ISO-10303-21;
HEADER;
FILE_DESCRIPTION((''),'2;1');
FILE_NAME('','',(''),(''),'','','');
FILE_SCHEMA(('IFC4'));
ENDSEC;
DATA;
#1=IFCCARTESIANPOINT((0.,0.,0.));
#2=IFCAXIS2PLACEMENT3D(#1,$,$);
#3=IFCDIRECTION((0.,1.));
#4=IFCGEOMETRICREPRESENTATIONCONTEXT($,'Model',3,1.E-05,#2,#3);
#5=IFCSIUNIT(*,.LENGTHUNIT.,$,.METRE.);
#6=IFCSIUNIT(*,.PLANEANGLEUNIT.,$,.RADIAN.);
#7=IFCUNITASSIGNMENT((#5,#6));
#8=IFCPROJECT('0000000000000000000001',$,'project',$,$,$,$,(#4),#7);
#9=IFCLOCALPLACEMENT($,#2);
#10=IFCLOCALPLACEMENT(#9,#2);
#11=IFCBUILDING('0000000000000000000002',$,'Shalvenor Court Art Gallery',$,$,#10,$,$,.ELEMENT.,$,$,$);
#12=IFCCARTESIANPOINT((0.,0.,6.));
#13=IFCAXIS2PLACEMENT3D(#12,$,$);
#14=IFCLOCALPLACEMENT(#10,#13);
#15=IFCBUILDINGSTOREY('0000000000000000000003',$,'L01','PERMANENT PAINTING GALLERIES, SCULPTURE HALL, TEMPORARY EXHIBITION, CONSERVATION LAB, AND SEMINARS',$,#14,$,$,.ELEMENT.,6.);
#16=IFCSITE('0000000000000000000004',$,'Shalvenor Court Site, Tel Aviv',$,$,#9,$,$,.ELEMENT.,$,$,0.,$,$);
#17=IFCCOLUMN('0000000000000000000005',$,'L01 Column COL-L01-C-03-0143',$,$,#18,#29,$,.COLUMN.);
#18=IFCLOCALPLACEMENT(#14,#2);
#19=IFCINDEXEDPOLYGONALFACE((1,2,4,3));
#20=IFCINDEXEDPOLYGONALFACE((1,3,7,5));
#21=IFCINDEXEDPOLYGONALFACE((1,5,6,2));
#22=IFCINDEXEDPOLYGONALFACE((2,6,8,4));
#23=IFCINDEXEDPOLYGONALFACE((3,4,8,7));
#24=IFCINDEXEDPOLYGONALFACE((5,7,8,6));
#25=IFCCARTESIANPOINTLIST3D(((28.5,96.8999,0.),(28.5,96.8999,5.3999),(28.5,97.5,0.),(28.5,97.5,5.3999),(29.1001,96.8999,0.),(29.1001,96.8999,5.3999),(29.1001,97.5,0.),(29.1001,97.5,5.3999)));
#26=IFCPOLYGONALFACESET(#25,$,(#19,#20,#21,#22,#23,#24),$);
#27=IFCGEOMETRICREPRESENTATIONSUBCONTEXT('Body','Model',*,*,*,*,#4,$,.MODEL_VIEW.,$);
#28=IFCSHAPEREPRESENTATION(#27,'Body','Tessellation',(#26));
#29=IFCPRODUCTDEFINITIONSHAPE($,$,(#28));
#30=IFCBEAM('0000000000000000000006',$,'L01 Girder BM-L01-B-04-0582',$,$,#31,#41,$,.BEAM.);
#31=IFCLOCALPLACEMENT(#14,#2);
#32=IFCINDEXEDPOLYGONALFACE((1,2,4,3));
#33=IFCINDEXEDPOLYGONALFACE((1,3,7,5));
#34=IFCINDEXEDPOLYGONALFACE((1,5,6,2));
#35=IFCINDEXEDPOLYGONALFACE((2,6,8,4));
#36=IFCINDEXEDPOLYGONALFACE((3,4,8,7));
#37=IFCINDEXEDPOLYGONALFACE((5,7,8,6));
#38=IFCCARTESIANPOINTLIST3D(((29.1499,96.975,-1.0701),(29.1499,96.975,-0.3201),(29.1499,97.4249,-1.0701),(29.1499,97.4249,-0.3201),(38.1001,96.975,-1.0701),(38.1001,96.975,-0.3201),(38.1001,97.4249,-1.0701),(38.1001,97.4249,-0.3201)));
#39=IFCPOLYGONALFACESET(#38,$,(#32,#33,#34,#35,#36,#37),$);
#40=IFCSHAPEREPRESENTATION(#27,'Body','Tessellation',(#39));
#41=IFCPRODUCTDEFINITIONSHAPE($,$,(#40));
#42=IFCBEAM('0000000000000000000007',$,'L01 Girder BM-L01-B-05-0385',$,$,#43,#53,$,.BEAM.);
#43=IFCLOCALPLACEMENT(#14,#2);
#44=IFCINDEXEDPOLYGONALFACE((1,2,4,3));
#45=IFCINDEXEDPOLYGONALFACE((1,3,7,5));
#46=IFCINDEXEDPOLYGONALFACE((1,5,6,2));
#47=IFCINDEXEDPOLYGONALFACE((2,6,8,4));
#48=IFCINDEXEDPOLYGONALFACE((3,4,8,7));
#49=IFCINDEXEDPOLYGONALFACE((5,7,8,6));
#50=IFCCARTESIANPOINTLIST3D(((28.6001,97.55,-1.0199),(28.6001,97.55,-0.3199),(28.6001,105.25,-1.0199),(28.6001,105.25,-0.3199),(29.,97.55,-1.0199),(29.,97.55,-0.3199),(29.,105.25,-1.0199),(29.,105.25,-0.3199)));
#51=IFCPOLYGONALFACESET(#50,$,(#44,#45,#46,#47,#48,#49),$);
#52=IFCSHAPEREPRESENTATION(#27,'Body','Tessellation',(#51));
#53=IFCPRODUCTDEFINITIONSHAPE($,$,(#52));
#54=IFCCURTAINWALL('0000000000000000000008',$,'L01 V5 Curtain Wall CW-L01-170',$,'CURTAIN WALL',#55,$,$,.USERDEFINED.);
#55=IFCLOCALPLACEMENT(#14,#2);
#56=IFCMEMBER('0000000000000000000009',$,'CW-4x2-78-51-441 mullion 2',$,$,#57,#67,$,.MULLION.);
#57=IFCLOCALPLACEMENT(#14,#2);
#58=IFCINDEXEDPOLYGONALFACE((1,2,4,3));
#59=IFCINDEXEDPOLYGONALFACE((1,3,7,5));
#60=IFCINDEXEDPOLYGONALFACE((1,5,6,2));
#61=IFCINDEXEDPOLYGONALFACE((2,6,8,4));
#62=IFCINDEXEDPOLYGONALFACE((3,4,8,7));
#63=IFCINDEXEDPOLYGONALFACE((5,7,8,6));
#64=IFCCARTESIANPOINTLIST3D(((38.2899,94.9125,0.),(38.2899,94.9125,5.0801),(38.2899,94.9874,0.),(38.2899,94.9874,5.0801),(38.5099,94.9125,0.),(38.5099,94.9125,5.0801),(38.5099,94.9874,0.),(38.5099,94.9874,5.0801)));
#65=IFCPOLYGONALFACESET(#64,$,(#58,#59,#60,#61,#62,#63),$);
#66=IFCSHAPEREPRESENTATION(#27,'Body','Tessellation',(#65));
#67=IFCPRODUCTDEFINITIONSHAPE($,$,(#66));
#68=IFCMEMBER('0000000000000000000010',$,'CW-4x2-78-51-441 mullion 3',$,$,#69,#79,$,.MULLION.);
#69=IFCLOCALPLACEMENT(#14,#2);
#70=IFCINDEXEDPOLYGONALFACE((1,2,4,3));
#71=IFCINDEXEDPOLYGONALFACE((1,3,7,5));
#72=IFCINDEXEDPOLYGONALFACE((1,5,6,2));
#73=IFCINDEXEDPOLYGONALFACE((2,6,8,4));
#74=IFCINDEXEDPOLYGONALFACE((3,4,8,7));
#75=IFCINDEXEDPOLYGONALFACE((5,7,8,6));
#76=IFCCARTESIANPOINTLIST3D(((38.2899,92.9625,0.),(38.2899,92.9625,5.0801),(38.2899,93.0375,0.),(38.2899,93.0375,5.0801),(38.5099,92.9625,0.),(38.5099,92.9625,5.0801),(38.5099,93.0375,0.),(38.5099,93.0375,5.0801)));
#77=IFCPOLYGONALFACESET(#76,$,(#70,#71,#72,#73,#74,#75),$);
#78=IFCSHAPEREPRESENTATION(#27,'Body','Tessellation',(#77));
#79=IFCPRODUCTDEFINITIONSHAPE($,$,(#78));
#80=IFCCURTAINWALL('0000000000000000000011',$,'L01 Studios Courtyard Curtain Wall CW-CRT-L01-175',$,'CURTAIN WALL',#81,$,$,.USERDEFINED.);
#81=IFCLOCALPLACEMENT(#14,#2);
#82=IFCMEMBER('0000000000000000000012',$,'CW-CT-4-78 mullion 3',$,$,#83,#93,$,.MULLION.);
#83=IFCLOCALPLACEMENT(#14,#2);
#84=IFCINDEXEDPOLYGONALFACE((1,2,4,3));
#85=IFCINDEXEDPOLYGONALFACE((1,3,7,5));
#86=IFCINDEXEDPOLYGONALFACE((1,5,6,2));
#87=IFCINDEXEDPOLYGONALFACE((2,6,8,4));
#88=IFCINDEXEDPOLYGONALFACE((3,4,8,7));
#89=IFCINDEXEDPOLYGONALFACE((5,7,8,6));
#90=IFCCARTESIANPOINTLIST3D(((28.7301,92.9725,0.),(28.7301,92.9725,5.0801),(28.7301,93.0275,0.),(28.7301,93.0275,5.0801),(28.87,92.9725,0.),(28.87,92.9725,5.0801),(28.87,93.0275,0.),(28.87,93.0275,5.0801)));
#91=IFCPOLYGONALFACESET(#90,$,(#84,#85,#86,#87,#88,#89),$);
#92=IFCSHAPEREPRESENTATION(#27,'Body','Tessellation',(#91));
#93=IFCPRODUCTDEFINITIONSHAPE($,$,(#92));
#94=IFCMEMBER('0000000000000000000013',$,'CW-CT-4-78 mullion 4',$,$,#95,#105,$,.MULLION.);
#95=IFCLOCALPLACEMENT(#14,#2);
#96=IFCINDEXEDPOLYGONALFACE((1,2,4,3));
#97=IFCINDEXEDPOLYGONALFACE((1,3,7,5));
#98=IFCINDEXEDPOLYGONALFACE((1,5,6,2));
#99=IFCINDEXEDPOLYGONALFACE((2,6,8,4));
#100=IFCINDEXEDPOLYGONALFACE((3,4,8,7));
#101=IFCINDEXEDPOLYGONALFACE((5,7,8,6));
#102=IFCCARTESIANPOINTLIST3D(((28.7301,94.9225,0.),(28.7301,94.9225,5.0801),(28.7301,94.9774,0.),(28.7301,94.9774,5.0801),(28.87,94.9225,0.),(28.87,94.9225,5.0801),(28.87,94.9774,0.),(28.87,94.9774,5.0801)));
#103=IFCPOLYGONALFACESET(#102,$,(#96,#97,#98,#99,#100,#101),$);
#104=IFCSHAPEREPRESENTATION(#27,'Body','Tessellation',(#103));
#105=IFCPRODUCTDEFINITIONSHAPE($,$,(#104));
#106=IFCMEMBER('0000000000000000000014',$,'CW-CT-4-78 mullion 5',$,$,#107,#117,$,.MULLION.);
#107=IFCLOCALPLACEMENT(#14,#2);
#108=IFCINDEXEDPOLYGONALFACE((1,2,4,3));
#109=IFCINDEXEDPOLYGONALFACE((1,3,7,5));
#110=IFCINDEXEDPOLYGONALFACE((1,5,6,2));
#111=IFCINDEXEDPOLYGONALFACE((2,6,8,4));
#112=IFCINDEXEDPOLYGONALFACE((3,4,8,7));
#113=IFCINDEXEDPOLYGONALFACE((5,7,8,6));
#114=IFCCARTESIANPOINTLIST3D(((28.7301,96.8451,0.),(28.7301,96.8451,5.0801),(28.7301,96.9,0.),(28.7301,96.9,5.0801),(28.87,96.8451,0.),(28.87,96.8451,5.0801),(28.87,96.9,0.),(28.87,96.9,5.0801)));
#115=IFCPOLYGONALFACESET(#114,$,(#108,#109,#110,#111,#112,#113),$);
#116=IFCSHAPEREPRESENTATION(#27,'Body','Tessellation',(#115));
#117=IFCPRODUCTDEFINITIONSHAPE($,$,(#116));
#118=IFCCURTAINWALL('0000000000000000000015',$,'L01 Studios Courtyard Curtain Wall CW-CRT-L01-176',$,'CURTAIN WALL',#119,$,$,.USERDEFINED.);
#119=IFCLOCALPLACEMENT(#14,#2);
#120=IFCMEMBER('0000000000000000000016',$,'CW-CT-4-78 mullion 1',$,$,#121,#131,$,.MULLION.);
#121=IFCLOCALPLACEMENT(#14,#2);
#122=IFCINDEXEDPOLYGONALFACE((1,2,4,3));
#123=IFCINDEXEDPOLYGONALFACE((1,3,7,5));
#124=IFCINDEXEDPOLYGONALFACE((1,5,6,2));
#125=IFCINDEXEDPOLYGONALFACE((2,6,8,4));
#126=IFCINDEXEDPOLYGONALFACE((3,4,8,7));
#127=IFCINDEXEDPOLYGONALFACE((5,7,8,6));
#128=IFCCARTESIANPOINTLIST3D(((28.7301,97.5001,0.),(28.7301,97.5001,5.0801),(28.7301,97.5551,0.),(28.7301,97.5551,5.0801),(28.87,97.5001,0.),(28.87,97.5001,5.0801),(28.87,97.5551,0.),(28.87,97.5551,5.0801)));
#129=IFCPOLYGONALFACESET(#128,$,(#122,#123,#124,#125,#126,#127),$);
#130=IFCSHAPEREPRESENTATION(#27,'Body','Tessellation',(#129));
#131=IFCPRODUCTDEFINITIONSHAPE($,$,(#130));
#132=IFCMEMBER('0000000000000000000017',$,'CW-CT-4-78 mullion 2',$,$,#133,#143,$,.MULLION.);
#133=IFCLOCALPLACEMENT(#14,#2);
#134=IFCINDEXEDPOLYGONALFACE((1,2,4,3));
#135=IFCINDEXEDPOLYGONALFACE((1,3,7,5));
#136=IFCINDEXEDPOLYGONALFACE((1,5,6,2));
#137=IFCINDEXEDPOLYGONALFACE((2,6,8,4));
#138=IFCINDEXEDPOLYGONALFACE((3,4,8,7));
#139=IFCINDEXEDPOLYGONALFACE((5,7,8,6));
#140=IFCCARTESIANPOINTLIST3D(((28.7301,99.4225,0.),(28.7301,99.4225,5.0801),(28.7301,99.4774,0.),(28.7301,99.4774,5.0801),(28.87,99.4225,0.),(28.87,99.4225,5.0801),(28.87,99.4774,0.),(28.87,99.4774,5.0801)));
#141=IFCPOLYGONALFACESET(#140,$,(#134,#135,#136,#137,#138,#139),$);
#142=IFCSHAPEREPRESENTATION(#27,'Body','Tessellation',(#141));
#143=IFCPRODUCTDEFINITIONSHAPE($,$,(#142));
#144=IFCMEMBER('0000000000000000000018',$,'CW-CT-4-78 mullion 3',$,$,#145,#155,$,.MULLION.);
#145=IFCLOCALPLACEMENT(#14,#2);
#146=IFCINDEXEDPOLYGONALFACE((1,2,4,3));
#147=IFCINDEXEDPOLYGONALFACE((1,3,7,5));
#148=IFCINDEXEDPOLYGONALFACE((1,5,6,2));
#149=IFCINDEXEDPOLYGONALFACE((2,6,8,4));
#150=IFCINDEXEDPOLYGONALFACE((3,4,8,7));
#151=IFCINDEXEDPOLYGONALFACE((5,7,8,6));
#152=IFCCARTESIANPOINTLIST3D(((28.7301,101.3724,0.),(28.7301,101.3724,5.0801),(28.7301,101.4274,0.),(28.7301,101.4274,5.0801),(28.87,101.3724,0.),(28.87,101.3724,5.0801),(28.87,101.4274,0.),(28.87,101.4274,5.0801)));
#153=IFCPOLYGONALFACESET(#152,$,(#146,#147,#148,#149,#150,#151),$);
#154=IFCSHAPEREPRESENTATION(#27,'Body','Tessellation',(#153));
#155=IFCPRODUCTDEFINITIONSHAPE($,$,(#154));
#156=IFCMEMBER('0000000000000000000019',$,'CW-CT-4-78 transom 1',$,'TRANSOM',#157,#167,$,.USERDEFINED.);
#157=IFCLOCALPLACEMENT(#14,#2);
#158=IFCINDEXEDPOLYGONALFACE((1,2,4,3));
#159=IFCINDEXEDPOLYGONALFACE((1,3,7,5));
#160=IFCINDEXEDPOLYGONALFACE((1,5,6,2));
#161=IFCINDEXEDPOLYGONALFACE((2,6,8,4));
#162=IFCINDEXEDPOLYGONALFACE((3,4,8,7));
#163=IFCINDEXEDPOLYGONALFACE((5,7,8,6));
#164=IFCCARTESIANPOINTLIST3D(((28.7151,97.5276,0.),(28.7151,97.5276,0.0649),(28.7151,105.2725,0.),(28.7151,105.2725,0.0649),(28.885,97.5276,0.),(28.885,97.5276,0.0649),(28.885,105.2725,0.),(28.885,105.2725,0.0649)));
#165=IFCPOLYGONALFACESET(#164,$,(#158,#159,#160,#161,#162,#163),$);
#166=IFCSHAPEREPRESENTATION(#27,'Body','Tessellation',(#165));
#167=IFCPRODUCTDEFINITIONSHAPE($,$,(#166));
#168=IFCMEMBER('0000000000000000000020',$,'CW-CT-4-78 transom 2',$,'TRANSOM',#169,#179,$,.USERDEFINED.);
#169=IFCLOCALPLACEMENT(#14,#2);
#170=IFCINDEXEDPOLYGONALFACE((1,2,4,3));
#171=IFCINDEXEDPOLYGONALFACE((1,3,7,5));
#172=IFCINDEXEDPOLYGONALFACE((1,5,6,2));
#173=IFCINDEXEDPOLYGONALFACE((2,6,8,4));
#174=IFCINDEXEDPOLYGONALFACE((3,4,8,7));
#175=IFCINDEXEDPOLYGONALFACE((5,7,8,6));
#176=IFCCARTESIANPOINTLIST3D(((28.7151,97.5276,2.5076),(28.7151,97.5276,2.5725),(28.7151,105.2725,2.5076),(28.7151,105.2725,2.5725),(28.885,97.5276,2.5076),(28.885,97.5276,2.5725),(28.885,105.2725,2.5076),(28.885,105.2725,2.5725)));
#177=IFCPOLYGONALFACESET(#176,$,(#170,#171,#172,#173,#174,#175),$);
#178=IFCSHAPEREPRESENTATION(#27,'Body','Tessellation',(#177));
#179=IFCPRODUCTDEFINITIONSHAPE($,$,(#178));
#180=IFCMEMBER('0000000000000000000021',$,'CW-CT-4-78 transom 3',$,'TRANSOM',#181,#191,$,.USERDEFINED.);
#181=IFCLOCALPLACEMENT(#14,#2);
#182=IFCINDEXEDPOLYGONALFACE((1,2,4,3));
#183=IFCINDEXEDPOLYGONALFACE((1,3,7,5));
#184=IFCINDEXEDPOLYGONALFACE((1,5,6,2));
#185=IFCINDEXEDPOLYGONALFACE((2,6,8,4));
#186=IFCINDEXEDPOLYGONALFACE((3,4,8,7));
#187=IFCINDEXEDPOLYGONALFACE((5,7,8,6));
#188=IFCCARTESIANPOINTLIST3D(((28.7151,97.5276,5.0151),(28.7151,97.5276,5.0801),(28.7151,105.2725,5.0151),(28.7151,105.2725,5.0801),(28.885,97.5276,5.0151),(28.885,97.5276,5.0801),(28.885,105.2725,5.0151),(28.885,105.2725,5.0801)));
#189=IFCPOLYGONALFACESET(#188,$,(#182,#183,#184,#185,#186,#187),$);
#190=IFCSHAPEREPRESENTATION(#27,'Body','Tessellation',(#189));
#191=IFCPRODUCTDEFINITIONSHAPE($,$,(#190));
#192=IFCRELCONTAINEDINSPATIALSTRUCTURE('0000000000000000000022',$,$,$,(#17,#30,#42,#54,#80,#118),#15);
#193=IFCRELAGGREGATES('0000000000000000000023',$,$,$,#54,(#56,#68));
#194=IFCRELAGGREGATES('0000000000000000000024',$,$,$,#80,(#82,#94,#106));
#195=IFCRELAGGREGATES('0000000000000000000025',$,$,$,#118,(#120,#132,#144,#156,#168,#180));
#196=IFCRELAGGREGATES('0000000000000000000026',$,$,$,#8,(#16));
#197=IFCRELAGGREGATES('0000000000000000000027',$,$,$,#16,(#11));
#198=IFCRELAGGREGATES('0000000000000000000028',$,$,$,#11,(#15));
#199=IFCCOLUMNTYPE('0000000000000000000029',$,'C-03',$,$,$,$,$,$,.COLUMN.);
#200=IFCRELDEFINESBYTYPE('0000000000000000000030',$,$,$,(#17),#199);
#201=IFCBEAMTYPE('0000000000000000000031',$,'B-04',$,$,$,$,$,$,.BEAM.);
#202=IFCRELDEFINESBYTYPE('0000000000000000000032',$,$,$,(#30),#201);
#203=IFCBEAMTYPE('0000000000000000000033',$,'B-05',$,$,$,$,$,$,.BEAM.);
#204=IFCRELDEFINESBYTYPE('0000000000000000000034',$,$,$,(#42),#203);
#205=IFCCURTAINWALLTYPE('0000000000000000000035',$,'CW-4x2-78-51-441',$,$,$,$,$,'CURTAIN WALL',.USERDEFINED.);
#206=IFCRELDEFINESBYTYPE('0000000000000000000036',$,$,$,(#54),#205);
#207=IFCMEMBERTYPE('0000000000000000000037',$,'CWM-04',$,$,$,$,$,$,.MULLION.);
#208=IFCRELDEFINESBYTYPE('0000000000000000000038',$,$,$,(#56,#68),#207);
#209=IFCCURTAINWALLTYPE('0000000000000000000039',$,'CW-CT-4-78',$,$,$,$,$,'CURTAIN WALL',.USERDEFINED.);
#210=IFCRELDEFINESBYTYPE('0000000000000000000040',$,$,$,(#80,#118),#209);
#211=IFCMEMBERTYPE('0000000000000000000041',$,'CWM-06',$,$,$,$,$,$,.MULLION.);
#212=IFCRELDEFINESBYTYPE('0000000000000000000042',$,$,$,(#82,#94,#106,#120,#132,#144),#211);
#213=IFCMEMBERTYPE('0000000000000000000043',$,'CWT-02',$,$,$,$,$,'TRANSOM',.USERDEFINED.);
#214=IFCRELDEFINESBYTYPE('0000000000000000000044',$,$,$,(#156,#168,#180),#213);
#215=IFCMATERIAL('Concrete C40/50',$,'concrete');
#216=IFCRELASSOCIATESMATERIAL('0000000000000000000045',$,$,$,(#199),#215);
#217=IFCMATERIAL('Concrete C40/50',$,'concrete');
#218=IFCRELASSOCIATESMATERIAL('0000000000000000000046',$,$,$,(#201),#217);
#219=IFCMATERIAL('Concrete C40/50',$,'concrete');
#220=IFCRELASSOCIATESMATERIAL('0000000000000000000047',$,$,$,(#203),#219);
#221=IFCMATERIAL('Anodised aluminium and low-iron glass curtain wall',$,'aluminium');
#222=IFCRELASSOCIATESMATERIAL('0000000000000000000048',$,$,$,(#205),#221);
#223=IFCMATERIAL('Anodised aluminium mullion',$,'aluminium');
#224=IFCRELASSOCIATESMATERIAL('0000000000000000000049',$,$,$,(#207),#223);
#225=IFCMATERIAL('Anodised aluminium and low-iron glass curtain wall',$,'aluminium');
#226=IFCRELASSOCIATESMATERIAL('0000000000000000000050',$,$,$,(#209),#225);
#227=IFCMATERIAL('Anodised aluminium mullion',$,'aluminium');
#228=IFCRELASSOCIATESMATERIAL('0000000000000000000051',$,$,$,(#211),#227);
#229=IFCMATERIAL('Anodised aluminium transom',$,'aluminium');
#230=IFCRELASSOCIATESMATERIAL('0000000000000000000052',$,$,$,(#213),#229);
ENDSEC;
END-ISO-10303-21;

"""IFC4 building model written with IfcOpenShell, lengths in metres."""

from ifc_helpers import new_model, si_unit, direction, frame, origin, origin_2d, place, context, subcontext, project, spatial, rectangle, extrude, material, material_profile, profile_set, type_object, element, aggregate, save


model = new_model("IFC4")

# Units and contexts
model_context = context("Model", 3, precision=1e-05, world=origin(), true_north=direction((0.0, 1.0)))
body_context = subcontext(model_context, "Body", "Model", "MODEL_VIEW")
ifc_project = project(units=[si_unit("LENGTHUNIT", "METRE"), si_unit("PLANEANGLEUNIT", "RADIAN")], contexts=[model_context])

# Site, building, storey
site_placement = place(None, origin())
site = spatial("IfcSite", under=ifc_project, at=site_placement, Name="Shalvenor Court Site, Tel Aviv", CompositionType="ELEMENT", RefElevation=0.0)
building_placement = place(site_placement, origin())
building = spatial("IfcBuilding", under=site, at=building_placement, Name="Shalvenor Court Art Gallery", CompositionType="ELEMENT")
storey_placement = place(building_placement, frame((0.0, 0.0, 6.0)))
storey = spatial("IfcBuildingStorey", under=building, at=storey_placement, Name="L01", Description="PERMANENT PAINTING GALLERIES, SCULPTURE HALL, TEMPORARY EXHIBITION, CONSERVATION LAB, AND SEMINARS", CompositionType="ELEMENT", Elevation=6.0)

# Column
ifc_material_1 = material(Name="Concrete C40/50", Category="concrete")
ifc_material_profile_1 = material_profile(ifc_material_1, rectangle(XDim=0.6001, YDim=0.6001, at=origin_2d()), Name="RC 600x600")
ifc_profile_set_1 = profile_set([ifc_material_profile_1], Name="Concrete C40/50")
column_type = type_object("IfcColumnType", Name="C-03", PredefinedType="COLUMN", material=ifc_profile_set_1)
column_placement = place(storey_placement, frame((28.8, 97.2, 0.0), z_axis=(0.0, 0.0, 1.0), x_axis=(1.0, 0.0, 0.0)))
element("IfcColumn", 1, at=column_placement, inside=storey, type_object=column_type, Name="L01 Column COL-L01-C-03-0143", PredefinedType="COLUMN", context=body_context, shape_type="SweptSolid", body=[
    extrude(rectangle(XDim=0.6001, YDim=0.6001, at=origin_2d()), origin(), (0.0, 0.0, 1.0), 5.3999),
])

# Beams
ifc_material_2 = material(Name="Concrete C40/50", Category="concrete")
ifc_material_profile_2 = material_profile(ifc_material_2, rectangle(XDim=0.45, YDim=0.75, at=origin_2d()), Name="RC 450x750")
ifc_profile_set_2 = profile_set([ifc_material_profile_2], Name="Concrete C40/50")
beam_type_1 = type_object("IfcBeamType", Name="B-04", PredefinedType="BEAM", material=ifc_profile_set_2)
beam_1_placement = place(storey_placement, frame((29.1499, 97.2, -0.6951), z_axis=(1.0, 0.0, 0.0), x_axis=(0.0, 1.0, 0.0)))
element("IfcBeam", 2, at=beam_1_placement, inside=storey, type_object=beam_type_1, Name="L01 Girder BM-L01-B-04-0582", PredefinedType="BEAM", context=body_context, shape_type="SweptSolid", body=[
    extrude(rectangle(XDim=0.45, YDim=0.75, at=origin_2d()), origin(), (0.0, 0.0, 1.0), 8.9502),
])
ifc_material_3 = material(Name="Concrete C40/50", Category="concrete")
ifc_material_profile_3 = material_profile(ifc_material_3, rectangle(XDim=0.3999, YDim=0.7, at=origin_2d()), Name="RC 400x700")
ifc_profile_set_3 = profile_set([ifc_material_profile_3], Name="Concrete C40/50")
beam_type_2 = type_object("IfcBeamType", Name="B-05", PredefinedType="BEAM", material=ifc_profile_set_3)
beam_2_placement = place(storey_placement, frame((28.8, 97.55, -0.6699), z_axis=(0.0, 1.0, 0.0), x_axis=(-1.0, 0.0, 0.0)))
element("IfcBeam", 3, at=beam_2_placement, inside=storey, type_object=beam_type_2, Name="L01 Girder BM-L01-B-05-0385", PredefinedType="BEAM", context=body_context, shape_type="SweptSolid", body=[
    extrude(rectangle(XDim=0.3999, YDim=0.7, at=origin_2d()), origin(), (0.0, 0.0, 1.0), 7.7),
])

# Curtain walls, members
ifc_material_4 = material(Name="Anodised aluminium and low-iron glass curtain wall", Category="aluminium")
curtain_wall_type_1 = type_object("IfcCurtainWallType", Name="CW-4x2-78-51-441", ElementType="CURTAIN WALL", PredefinedType="USERDEFINED", material=ifc_material_4)
curtain_wall_1_placement = place(storey_placement, origin())
curtain_wall_1 = element("IfcCurtainWall", 4, at=curtain_wall_1_placement, inside=storey, type_object=curtain_wall_type_1, Name="L01 V5 Curtain Wall CW-L01-170", ObjectType="CURTAIN WALL", PredefinedType="USERDEFINED")
ifc_material_5 = material(Name="Anodised aluminium mullion", Category="aluminium")
ifc_material_profile_4 = material_profile(ifc_material_5, rectangle(XDim=0.075, YDim=0.22, at=origin_2d()), Name="CWM-04")
ifc_profile_set_4 = profile_set([ifc_material_profile_4], Name="Anodised aluminium mullion")
member_type_1 = type_object("IfcMemberType", Name="CWM-04", PredefinedType="MULLION", material=ifc_profile_set_4)
member_1_placement = place(storey_placement, frame((38.3999, 94.95, 0.0), z_axis=(0.0, 0.0, 1.0), x_axis=(0.0, -1.0, 0.0)))
member_1 = element("IfcMember", 5, at=member_1_placement, type_object=member_type_1, Name="CW-4x2-78-51-441 mullion 2", PredefinedType="MULLION", context=body_context, shape_type="SweptSolid", body=[
    extrude(rectangle(XDim=0.075, YDim=0.22, at=origin_2d()), origin(), (0.0, 0.0, 1.0), 5.0801),
])
member_2_placement = place(storey_placement, frame((38.3999, 93.0, 0.0), z_axis=(0.0, 0.0, 1.0), x_axis=(0.0, -1.0, 0.0)))
member_2 = element("IfcMember", 6, at=member_2_placement, type_object=member_type_1, Name="CW-4x2-78-51-441 mullion 3", PredefinedType="MULLION", context=body_context, shape_type="SweptSolid", body=[
    extrude(rectangle(XDim=0.075, YDim=0.22, at=origin_2d()), origin(), (0.0, 0.0, 1.0), 5.0801),
])
ifc_material_6 = material(Name="Anodised aluminium and low-iron glass curtain wall", Category="aluminium")
curtain_wall_type_2 = type_object("IfcCurtainWallType", Name="CW-CT-4-78", ElementType="CURTAIN WALL", PredefinedType="USERDEFINED", material=ifc_material_6)
curtain_wall_2_placement = place(storey_placement, origin())
curtain_wall_2 = element("IfcCurtainWall", 7, at=curtain_wall_2_placement, inside=storey, type_object=curtain_wall_type_2, Name="L01 Studios Courtyard Curtain Wall CW-CRT-L01-175", ObjectType="CURTAIN WALL", PredefinedType="USERDEFINED")
ifc_material_7 = material(Name="Anodised aluminium mullion", Category="aluminium")
ifc_material_profile_5 = material_profile(ifc_material_7, rectangle(XDim=0.0549, YDim=0.1399, at=origin_2d()), Name="CWM-06")
ifc_profile_set_5 = profile_set([ifc_material_profile_5], Name="Anodised aluminium mullion")
member_type_2 = type_object("IfcMemberType", Name="CWM-06", PredefinedType="MULLION", material=ifc_profile_set_5)
member_3_placement = place(storey_placement, frame((28.8, 93.0, 0.0), z_axis=(0.0, 0.0, 1.0), x_axis=(0.0, 1.0, 0.0)))
member_3 = element("IfcMember", 8, at=member_3_placement, type_object=member_type_2, Name="CW-CT-4-78 mullion 3", PredefinedType="MULLION", context=body_context, shape_type="SweptSolid", body=[
    extrude(rectangle(XDim=0.0549, YDim=0.1399, at=origin_2d()), origin(), (0.0, 0.0, 1.0), 5.0801),
])
member_4_placement = place(storey_placement, frame((28.8, 94.95, 0.0), z_axis=(0.0, 0.0, 1.0), x_axis=(0.0, 1.0, 0.0)))
member_4 = element("IfcMember", 9, at=member_4_placement, type_object=member_type_2, Name="CW-CT-4-78 mullion 4", PredefinedType="MULLION", context=body_context, shape_type="SweptSolid", body=[
    extrude(rectangle(XDim=0.0549, YDim=0.1399, at=origin_2d()), origin(), (0.0, 0.0, 1.0), 5.0801),
])
member_5_placement = place(storey_placement, frame((28.8, 96.8726, 0.0), z_axis=(0.0, 0.0, 1.0), x_axis=(0.0, 1.0, 0.0)))
member_5 = element("IfcMember", 10, at=member_5_placement, type_object=member_type_2, Name="CW-CT-4-78 mullion 5", PredefinedType="MULLION", context=body_context, shape_type="SweptSolid", body=[
    extrude(rectangle(XDim=0.0549, YDim=0.1399, at=origin_2d()), origin(), (0.0, 0.0, 1.0), 5.0801),
])
curtain_wall_3_placement = place(storey_placement, origin())
curtain_wall_3 = element("IfcCurtainWall", 11, at=curtain_wall_3_placement, inside=storey, type_object=curtain_wall_type_2, Name="L01 Studios Courtyard Curtain Wall CW-CRT-L01-176", ObjectType="CURTAIN WALL", PredefinedType="USERDEFINED")
member_6_placement = place(storey_placement, frame((28.8, 97.5276, 0.0), z_axis=(0.0, 0.0, 1.0), x_axis=(0.0, 1.0, 0.0)))
member_6 = element("IfcMember", 12, at=member_6_placement, type_object=member_type_2, Name="CW-CT-4-78 mullion 1", PredefinedType="MULLION", context=body_context, shape_type="SweptSolid", body=[
    extrude(rectangle(XDim=0.0549, YDim=0.1399, at=origin_2d()), origin(), (0.0, 0.0, 1.0), 5.0801),
])
member_7_placement = place(storey_placement, frame((28.8, 99.45, 0.0), z_axis=(0.0, 0.0, 1.0), x_axis=(0.0, 1.0, 0.0)))
member_7 = element("IfcMember", 13, at=member_7_placement, type_object=member_type_2, Name="CW-CT-4-78 mullion 2", PredefinedType="MULLION", context=body_context, shape_type="SweptSolid", body=[
    extrude(rectangle(XDim=0.0549, YDim=0.1399, at=origin_2d()), origin(), (0.0, 0.0, 1.0), 5.0801),
])
member_8_placement = place(storey_placement, frame((28.8, 101.3999, 0.0), z_axis=(0.0, 0.0, 1.0), x_axis=(0.0, 1.0, 0.0)))
member_8 = element("IfcMember", 14, at=member_8_placement, type_object=member_type_2, Name="CW-CT-4-78 mullion 3", PredefinedType="MULLION", context=body_context, shape_type="SweptSolid", body=[
    extrude(rectangle(XDim=0.0549, YDim=0.1399, at=origin_2d()), origin(), (0.0, 0.0, 1.0), 5.0801),
])
ifc_material_8 = material(Name="Anodised aluminium transom", Category="aluminium")
ifc_material_profile_6 = material_profile(ifc_material_8, rectangle(XDim=0.1699, YDim=0.0649, at=origin_2d()), Name="CWT-02")
ifc_profile_set_6 = profile_set([ifc_material_profile_6], Name="Anodised aluminium transom")
member_type_3 = type_object("IfcMemberType", Name="CWT-02", ElementType="TRANSOM", PredefinedType="USERDEFINED", material=ifc_profile_set_6)
member_9_placement = place(storey_placement, frame((28.8, 97.5276, 0.0325), z_axis=(0.0, 1.0, 0.0), x_axis=(-1.0, 0.0, 0.0)))
member_9 = element("IfcMember", 15, at=member_9_placement, type_object=member_type_3, Name="CW-CT-4-78 transom 1", ObjectType="TRANSOM", PredefinedType="USERDEFINED", context=body_context, shape_type="SweptSolid", body=[
    extrude(rectangle(XDim=0.1699, YDim=0.0649, at=origin_2d()), origin(), (0.0, 0.0, 1.0), 7.7449),
])
member_10_placement = place(storey_placement, frame((28.8, 97.5276, 2.54), z_axis=(0.0, 1.0, 0.0), x_axis=(-1.0, 0.0, 0.0)))
member_10 = element("IfcMember", 16, at=member_10_placement, type_object=member_type_3, Name="CW-CT-4-78 transom 2", ObjectType="TRANSOM", PredefinedType="USERDEFINED", context=body_context, shape_type="SweptSolid", body=[
    extrude(rectangle(XDim=0.1699, YDim=0.0649, at=origin_2d()), origin(), (0.0, 0.0, 1.0), 7.7449),
])
member_11_placement = place(storey_placement, frame((28.8, 97.5276, 5.0476), z_axis=(0.0, 1.0, 0.0), x_axis=(-1.0, 0.0, 0.0)))
member_11 = element("IfcMember", 17, at=member_11_placement, type_object=member_type_3, Name="CW-CT-4-78 transom 3", ObjectType="TRANSOM", PredefinedType="USERDEFINED", context=body_context, shape_type="SweptSolid", body=[
    extrude(rectangle(XDim=0.1699, YDim=0.0649, at=origin_2d()), origin(), (0.0, 0.0, 1.0), 7.7449),
])

aggregate(curtain_wall_1, [member_1, member_2])
aggregate(curtain_wall_2, [member_3, member_4, member_5])
aggregate(curtain_wall_3, [member_6, member_7, member_8, member_9, member_10, member_11])

save(model, "model.ifc")
